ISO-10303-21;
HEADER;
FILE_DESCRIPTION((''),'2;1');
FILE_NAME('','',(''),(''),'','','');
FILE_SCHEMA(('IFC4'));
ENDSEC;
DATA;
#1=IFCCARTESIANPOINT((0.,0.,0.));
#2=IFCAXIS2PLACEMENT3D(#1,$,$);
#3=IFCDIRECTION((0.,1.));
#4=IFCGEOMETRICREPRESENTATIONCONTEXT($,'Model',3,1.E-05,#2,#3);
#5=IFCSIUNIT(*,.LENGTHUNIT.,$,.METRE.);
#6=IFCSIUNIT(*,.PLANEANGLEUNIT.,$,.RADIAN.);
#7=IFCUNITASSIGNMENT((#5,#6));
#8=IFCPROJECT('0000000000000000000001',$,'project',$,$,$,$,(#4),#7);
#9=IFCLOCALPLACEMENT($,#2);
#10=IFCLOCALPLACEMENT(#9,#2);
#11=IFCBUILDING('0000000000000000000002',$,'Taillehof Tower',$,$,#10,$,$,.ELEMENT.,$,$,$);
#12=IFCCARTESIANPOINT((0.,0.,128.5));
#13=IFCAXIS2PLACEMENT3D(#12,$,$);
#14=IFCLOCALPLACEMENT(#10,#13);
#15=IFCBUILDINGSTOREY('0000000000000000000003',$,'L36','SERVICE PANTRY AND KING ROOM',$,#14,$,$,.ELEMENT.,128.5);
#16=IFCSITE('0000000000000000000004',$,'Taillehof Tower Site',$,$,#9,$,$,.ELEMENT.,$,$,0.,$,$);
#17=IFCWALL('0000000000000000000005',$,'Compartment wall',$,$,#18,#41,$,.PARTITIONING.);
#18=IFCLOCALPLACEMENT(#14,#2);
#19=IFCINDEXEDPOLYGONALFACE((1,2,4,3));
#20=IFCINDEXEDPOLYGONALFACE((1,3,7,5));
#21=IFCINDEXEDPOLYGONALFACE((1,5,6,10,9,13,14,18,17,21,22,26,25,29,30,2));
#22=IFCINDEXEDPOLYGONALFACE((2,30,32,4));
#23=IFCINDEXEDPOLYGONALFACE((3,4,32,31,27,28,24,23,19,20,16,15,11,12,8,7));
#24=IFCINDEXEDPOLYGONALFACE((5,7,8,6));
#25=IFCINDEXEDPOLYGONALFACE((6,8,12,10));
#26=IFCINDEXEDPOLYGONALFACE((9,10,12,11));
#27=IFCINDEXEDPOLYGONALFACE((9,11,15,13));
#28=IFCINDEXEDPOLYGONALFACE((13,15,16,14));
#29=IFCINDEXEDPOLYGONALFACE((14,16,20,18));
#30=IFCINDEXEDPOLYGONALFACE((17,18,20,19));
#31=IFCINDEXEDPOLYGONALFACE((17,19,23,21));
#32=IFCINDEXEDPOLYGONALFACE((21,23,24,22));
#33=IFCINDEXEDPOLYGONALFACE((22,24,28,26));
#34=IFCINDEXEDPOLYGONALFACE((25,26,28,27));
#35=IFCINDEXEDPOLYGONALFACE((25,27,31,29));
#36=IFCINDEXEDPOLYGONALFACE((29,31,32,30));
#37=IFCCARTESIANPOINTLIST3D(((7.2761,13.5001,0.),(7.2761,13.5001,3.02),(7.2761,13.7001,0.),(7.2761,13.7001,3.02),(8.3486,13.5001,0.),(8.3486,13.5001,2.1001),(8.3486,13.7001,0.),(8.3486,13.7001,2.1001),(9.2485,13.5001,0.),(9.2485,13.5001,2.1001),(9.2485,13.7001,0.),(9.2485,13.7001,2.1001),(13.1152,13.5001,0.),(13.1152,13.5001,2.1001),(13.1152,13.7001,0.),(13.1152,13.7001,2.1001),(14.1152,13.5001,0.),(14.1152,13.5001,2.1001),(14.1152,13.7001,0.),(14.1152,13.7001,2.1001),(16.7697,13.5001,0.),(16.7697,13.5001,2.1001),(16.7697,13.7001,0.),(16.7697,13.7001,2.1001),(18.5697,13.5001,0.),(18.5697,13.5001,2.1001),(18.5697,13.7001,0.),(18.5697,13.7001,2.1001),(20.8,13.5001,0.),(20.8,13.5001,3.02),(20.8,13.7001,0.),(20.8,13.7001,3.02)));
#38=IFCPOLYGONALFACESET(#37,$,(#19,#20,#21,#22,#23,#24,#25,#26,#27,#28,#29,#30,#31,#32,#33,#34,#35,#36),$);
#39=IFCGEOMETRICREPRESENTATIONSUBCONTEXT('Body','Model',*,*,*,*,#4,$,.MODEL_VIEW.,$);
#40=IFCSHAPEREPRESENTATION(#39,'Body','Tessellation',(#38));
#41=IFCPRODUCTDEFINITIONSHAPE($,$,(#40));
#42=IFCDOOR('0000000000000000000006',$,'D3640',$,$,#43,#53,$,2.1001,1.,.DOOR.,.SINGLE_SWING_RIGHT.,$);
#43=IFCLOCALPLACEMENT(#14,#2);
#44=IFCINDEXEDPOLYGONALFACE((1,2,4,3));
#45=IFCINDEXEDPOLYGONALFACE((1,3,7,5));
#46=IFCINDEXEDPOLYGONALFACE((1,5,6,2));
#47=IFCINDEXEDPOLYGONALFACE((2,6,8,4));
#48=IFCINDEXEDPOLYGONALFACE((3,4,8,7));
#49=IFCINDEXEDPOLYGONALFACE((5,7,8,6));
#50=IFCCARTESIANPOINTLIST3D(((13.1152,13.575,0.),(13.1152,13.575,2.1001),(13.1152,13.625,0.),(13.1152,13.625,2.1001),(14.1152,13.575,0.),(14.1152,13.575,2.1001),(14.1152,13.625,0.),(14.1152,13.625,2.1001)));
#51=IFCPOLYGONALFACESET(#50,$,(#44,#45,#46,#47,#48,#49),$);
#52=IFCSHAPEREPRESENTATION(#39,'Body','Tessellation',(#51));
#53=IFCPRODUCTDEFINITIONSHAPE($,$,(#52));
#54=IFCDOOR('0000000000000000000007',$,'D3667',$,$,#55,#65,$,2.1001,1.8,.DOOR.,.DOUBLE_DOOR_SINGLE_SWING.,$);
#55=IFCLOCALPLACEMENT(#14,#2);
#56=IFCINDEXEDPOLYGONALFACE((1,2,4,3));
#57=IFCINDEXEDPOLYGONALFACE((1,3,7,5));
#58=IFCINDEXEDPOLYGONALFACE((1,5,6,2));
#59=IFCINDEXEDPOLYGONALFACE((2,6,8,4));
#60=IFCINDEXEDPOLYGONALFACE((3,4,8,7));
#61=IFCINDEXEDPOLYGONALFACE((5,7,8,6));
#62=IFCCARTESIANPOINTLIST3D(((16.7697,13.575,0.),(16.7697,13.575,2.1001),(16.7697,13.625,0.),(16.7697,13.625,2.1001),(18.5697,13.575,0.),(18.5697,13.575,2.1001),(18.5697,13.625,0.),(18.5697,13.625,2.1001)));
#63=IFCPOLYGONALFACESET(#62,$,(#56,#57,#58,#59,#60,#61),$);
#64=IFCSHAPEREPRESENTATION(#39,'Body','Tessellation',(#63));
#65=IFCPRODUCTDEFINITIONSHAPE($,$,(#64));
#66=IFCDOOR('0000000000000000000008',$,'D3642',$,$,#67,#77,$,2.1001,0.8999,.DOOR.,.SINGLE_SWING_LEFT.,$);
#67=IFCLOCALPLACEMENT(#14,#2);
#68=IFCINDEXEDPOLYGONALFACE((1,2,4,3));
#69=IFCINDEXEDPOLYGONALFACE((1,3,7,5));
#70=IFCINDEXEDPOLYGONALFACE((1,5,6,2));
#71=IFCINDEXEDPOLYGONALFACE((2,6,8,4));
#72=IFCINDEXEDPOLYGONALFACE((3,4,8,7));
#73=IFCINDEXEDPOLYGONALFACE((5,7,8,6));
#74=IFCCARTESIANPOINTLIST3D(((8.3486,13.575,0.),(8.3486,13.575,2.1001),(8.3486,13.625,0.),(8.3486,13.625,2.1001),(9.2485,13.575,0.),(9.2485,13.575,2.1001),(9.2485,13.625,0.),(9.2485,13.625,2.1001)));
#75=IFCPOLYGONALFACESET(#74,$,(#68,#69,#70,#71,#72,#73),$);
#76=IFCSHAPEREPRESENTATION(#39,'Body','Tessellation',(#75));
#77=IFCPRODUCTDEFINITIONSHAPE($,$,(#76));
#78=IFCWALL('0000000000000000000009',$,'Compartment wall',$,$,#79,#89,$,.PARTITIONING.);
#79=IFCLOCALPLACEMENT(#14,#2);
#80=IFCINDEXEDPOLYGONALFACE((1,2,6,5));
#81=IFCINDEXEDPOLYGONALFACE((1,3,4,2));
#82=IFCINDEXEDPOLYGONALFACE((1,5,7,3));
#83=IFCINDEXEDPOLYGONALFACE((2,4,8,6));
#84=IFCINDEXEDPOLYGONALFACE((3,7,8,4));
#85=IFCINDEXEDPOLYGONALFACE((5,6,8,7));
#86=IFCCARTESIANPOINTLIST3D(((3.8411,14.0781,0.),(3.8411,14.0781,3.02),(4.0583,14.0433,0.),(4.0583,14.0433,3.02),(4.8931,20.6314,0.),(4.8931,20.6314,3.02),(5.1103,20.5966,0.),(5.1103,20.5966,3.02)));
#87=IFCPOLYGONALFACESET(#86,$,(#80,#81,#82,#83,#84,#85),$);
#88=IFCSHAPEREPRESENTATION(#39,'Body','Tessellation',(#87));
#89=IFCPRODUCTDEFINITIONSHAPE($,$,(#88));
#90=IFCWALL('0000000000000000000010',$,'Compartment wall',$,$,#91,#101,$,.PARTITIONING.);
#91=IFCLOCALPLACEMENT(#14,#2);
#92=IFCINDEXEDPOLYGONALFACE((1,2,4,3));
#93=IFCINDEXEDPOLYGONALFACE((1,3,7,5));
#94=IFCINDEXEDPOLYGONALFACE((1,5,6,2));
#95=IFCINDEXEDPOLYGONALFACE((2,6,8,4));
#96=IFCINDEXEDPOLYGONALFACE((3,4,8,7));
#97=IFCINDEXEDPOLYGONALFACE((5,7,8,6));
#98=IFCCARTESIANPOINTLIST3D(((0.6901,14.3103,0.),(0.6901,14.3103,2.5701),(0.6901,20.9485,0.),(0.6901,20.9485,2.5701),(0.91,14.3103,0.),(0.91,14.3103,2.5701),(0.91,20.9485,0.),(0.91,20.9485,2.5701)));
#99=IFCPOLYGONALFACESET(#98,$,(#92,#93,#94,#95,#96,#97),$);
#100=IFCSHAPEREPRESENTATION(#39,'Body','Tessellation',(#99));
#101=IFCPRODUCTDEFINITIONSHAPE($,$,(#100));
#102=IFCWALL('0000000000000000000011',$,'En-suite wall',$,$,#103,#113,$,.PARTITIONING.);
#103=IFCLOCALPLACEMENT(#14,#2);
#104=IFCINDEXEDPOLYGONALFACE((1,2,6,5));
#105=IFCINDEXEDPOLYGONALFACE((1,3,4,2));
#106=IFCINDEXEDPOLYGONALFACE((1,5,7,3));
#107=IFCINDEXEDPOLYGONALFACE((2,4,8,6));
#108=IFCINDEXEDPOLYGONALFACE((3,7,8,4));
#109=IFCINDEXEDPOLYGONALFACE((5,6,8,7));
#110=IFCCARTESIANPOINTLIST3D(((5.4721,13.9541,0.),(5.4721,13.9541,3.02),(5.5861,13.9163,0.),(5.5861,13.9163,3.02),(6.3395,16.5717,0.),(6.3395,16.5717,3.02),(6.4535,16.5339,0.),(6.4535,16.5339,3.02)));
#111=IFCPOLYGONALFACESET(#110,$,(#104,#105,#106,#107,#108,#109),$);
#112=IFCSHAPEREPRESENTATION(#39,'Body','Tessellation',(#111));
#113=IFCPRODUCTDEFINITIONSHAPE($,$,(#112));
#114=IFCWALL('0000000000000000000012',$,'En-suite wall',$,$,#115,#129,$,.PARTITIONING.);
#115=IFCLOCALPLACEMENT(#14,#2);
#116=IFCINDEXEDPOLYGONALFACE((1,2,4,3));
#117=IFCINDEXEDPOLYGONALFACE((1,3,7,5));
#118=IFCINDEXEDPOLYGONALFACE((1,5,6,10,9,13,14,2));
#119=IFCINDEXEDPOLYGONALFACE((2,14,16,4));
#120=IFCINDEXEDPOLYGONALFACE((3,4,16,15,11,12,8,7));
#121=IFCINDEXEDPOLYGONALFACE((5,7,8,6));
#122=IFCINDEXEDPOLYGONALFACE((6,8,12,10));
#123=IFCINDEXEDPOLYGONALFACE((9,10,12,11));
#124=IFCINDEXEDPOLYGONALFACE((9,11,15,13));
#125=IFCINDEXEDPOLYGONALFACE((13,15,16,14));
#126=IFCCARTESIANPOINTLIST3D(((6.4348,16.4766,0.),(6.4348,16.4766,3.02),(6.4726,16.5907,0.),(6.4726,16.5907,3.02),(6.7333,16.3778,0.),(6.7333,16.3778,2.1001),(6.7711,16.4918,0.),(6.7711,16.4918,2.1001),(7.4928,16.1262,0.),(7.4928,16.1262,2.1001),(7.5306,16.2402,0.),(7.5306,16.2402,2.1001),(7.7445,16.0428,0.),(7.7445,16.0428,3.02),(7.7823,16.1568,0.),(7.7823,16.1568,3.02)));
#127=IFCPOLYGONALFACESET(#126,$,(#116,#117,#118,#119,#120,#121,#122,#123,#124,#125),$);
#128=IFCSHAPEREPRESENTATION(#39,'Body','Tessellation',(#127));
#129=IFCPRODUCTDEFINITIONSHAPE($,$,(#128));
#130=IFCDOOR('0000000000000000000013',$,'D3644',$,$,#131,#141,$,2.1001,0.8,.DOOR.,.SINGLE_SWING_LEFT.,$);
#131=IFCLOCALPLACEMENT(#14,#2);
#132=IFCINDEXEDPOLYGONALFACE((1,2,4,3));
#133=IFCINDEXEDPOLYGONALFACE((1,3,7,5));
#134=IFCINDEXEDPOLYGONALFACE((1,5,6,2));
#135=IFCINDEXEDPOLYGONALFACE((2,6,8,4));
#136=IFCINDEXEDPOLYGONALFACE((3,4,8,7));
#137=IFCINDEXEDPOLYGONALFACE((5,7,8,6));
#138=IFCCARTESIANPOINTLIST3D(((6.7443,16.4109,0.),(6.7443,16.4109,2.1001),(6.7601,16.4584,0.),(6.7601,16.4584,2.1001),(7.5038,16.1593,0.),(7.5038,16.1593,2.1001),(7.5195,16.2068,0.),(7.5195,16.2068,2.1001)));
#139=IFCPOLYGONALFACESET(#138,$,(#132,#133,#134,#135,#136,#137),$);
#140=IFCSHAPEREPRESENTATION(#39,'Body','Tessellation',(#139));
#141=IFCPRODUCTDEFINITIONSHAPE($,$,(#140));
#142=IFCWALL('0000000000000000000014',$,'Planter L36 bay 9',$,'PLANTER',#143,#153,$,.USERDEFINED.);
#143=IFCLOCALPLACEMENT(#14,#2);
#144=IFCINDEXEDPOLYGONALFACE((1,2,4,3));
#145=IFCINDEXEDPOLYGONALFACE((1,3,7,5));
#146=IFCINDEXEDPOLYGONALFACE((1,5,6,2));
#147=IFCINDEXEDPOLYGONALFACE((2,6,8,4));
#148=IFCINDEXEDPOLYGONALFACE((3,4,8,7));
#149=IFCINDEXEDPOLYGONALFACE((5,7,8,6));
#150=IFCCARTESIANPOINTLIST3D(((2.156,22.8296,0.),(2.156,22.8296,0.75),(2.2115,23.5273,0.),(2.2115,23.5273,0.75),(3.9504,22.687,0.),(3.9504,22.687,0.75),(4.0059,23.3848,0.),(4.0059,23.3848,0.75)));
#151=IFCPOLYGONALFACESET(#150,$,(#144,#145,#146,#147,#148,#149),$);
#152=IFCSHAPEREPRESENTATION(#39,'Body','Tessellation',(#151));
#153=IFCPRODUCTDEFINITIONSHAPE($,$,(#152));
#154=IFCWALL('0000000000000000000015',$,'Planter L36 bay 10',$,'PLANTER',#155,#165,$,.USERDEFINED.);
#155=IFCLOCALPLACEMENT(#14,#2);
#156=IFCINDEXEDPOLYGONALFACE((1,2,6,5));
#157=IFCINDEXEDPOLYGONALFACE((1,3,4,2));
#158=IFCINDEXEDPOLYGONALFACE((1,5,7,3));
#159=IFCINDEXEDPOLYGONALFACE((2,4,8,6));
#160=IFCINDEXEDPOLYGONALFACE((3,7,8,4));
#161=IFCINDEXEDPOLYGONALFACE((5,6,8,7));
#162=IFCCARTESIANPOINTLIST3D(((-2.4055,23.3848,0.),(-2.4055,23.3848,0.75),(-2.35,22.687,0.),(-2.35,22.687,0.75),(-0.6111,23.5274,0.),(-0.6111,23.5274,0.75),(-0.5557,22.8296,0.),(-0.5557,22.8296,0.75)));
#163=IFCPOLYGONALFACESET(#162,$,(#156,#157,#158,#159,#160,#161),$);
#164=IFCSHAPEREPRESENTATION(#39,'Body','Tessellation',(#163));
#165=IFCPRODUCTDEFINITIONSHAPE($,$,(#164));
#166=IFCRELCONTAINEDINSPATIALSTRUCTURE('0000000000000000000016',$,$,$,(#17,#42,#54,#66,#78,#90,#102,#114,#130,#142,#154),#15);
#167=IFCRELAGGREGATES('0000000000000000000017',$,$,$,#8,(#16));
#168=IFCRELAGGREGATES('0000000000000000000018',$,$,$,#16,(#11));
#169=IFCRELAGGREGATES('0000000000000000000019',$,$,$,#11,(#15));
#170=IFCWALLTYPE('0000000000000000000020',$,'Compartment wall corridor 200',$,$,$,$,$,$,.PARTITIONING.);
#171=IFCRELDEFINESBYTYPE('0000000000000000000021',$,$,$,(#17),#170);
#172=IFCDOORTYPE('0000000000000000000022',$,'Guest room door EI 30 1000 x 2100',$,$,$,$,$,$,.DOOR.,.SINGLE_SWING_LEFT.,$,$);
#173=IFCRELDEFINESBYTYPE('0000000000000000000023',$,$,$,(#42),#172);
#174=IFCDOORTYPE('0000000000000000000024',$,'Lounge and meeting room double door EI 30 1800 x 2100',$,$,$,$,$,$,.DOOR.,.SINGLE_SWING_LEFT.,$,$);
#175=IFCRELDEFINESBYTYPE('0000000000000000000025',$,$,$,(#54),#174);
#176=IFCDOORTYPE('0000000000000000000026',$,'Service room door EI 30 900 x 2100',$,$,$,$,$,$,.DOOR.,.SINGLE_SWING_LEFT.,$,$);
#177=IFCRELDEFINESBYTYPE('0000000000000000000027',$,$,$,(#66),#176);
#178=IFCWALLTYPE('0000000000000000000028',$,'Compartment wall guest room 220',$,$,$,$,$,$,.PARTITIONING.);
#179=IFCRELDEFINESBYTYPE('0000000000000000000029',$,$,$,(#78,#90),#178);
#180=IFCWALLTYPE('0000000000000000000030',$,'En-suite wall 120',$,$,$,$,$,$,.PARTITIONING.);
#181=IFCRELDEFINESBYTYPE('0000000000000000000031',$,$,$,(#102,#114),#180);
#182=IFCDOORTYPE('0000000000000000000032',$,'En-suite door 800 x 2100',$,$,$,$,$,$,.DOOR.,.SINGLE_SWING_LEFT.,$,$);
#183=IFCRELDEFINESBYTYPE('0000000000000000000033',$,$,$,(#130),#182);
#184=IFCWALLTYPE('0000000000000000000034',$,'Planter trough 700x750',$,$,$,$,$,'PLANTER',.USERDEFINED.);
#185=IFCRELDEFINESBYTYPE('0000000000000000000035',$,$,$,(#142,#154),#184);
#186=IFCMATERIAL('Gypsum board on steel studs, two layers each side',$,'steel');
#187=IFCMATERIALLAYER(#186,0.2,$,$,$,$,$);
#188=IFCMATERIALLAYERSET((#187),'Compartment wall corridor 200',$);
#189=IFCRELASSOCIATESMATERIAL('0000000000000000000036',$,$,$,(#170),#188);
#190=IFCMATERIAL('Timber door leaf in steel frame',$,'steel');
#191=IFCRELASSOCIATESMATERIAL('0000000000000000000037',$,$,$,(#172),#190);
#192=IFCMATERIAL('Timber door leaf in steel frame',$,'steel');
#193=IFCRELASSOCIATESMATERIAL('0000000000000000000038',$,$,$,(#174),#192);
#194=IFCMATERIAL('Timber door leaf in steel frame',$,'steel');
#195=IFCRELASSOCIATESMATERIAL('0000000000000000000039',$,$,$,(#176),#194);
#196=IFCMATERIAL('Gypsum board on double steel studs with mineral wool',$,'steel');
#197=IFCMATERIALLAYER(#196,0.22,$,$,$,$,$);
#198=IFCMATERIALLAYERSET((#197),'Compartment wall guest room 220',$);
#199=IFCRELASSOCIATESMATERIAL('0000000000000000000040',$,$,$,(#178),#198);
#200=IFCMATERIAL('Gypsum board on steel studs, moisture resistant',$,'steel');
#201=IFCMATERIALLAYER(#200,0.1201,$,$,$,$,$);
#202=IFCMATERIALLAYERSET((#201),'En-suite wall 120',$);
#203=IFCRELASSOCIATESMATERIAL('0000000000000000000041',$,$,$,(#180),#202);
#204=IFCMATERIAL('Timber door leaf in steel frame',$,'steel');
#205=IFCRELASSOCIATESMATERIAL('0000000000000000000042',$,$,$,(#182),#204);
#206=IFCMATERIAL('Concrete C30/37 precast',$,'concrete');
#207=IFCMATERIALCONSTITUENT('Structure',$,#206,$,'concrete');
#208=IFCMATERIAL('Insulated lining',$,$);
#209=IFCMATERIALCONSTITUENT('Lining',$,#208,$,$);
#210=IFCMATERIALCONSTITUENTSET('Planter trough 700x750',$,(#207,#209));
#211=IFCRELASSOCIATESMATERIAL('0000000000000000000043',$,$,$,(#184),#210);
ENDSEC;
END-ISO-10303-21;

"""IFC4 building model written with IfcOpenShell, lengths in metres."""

from ifc_helpers import new_model, si_unit, direction, frame, frame_2d, origin, place, context, subcontext, project, spatial, rectangle, extrude, material, layer, layer_set, constituent, constituent_set, type_object, element, fill, save


model = new_model("IFC4")

# Units and contexts
model_context = context("Model", 3, precision=1e-05, world=origin(), true_north=direction((0.0, 1.0)))
body_context = subcontext(model_context, "Body", "Model", "MODEL_VIEW")
ifc_project = project(units=[si_unit("LENGTHUNIT", "METRE"), si_unit("PLANEANGLEUNIT", "RADIAN")], contexts=[model_context])

# Site, building, storey
site_placement = place(None, origin())
site = spatial("IfcSite", under=ifc_project, at=site_placement, Name="Taillehof Tower Site", CompositionType="ELEMENT", RefElevation=0.0)
building_placement = place(site_placement, origin())
building = spatial("IfcBuilding", under=site, at=building_placement, Name="Taillehof Tower", CompositionType="ELEMENT")
storey_placement = place(building_placement, frame((0.0, 0.0, 128.5)))
storey = spatial("IfcBuildingStorey", under=building, at=storey_placement, Name="L36", Description="SERVICE PANTRY AND KING ROOM", CompositionType="ELEMENT", Elevation=128.5)

# Wall, openings, doors
ifc_material_1 = material(Name="Gypsum board on steel studs, two layers each side", Category="steel")
ifc_layer_1 = layer(ifc_material_1, 0.2)
ifc_layer_set_1 = layer_set([ifc_layer_1], Name="Compartment wall corridor 200")
wall_type_1 = type_object("IfcWallType", Name="Compartment wall corridor 200", PredefinedType="PARTITIONING", material=ifc_layer_set_1)
wall_1_placement = place(storey_placement, frame((7.2761, 13.6001, 0.0), z_axis=(0.0, 0.0, 1.0), x_axis=(1.0, 0.0, 0.0)))
wall_1 = element("IfcWall", 1, at=wall_1_placement, inside=storey, type_object=wall_type_1, Name="Compartment wall", PredefinedType="PARTITIONING", context=body_context, shape_type="SweptSolid", body=[
    extrude(rectangle(XDim=13.5239, YDim=0.2, at=frame_2d((6.762, 0.0))), origin(), (0.0, 0.0, 1.0), 3.02),
])
opening_1_placement = place(wall_1_placement, frame((5.8391, 0.0, 0.0)))
opening_1 = element("IfcOpeningElement", 2, at=opening_1_placement, cuts=wall_1, PredefinedType="OPENING", context=body_context, shape_type="SweptSolid", body=[
    extrude(rectangle(XDim=1.0, YDim=2.1001, at=frame_2d((0.5, 1.05))), frame((0.0, 0.1099, 0.0), z_axis=(0.0, -1.0, 0.0), x_axis=(1.0, 0.0, 0.0)), (0.0, 0.0, 1.0), 0.22),
])
opening_2_placement = place(wall_1_placement, frame((1.0725, 0.0, 0.0)))
opening_2 = element("IfcOpeningElement", 3, at=opening_2_placement, cuts=wall_1, PredefinedType="OPENING", context=body_context, shape_type="SweptSolid", body=[
    extrude(rectangle(XDim=0.8999, YDim=2.1001, at=frame_2d((0.45, 1.05))), frame((0.0, 0.1099, 0.0), z_axis=(0.0, -1.0, 0.0), x_axis=(1.0, 0.0, 0.0)), (0.0, 0.0, 1.0), 0.22),
])
opening_3_placement = place(wall_1_placement, frame((9.4937, 0.0, 0.0)))
opening_3 = element("IfcOpeningElement", 4, at=opening_3_placement, cuts=wall_1, PredefinedType="OPENING", context=body_context, shape_type="SweptSolid", body=[
    extrude(rectangle(XDim=1.8, YDim=2.1001, at=frame_2d((0.8999, 1.05))), frame((0.0, 0.1099, 0.0), z_axis=(0.0, -1.0, 0.0), x_axis=(1.0, 0.0, 0.0)), (0.0, 0.0, 1.0), 0.22),
])
ifc_material_2 = material(Name="Timber door leaf in steel frame", Category="steel")
door_type_1 = type_object("IfcDoorType", Name="Guest room door EI 30 1000 x 2100", OperationType="SINGLE_SWING_LEFT", PredefinedType="DOOR", material=ifc_material_2)
door_1_placement = place(opening_1_placement, origin())
door_1 = element("IfcDoor", 5, at=door_1_placement, inside=storey, type_object=door_type_1, Name="D3640", OperationType="SINGLE_SWING_RIGHT", OverallHeight=2.1001, OverallWidth=1.0, PredefinedType="DOOR", context=body_context, shape_type="SweptSolid", body=[
    extrude(rectangle(XDim=1.0, YDim=2.1001, at=frame_2d((0.5, 1.05))), frame((0.0, 0.0249, 0.0), z_axis=(0.0, -1.0, 0.0), x_axis=(1.0, 0.0, 0.0)), (0.0, 0.0, 1.0), 0.05),
])
fill(opening_1, door_1)
ifc_material_3 = material(Name="Timber door leaf in steel frame", Category="steel")
door_type_2 = type_object("IfcDoorType", Name="Lounge and meeting room double door EI 30 1800 x 2100", OperationType="SINGLE_SWING_LEFT", PredefinedType="DOOR", material=ifc_material_3)
door_2_placement = place(opening_3_placement, origin())
door_2 = element("IfcDoor", 6, at=door_2_placement, inside=storey, type_object=door_type_2, Name="D3667", OperationType="DOUBLE_DOOR_SINGLE_SWING", OverallHeight=2.1001, OverallWidth=1.8, PredefinedType="DOOR", context=body_context, shape_type="SweptSolid", body=[
    extrude(rectangle(XDim=1.8, YDim=2.1001, at=frame_2d((0.8999, 1.05))), frame((0.0, 0.0249, 0.0), z_axis=(0.0, -1.0, 0.0), x_axis=(1.0, 0.0, 0.0)), (0.0, 0.0, 1.0), 0.05),
])
fill(opening_3, door_2)
ifc_material_4 = material(Name="Timber door leaf in steel frame", Category="steel")
door_type_3 = type_object("IfcDoorType", Name="Service room door EI 30 900 x 2100", OperationType="SINGLE_SWING_LEFT", PredefinedType="DOOR", material=ifc_material_4)
door_3_placement = place(opening_2_placement, origin())
door_3 = element("IfcDoor", 7, at=door_3_placement, inside=storey, type_object=door_type_3, Name="D3642", OperationType="SINGLE_SWING_LEFT", OverallHeight=2.1001, OverallWidth=0.8999, PredefinedType="DOOR", context=body_context, shape_type="SweptSolid", body=[
    extrude(rectangle(XDim=0.8999, YDim=2.1001, at=frame_2d((0.45, 1.05))), frame((0.0, 0.0249, 0.0), z_axis=(0.0, -1.0, 0.0), x_axis=(1.0, 0.0, 0.0)), (0.0, 0.0, 1.0), 0.05),
])
fill(opening_2, door_3)

# Walls
ifc_material_5 = material(Name="Gypsum board on double steel studs with mineral wool", Category="steel")
ifc_layer_2 = layer(ifc_material_5, 0.22)
ifc_layer_set_2 = layer_set([ifc_layer_2], Name="Compartment wall guest room 220")
wall_type_2 = type_object("IfcWallType", Name="Compartment wall guest room 220", PredefinedType="PARTITIONING", material=ifc_layer_set_2)
wall_2_placement = place(storey_placement, frame((5.0017, 20.614, 0.0), z_axis=(0.0, 0.0, 1.0), x_axis=(-0.158503, -0.987359, 0.0)))
element("IfcWall", 8, at=wall_2_placement, inside=storey, type_object=wall_type_2, Name="Compartment wall", PredefinedType="PARTITIONING", context=body_context, shape_type="SweptSolid", body=[
    extrude(rectangle(XDim=6.6372, YDim=0.22, at=frame_2d((3.3186, 0.0))), origin(), (0.0, 0.0, 1.0), 3.02),
])
wall_3_placement = place(storey_placement, frame((0.8, 20.9485, 0.0), z_axis=(0.0, 0.0, 1.0), x_axis=(0.0, -1.0, 0.0)))
element("IfcWall", 9, at=wall_3_placement, inside=storey, type_object=wall_type_2, Name="Compartment wall", PredefinedType="PARTITIONING", context=body_context, shape_type="SweptSolid", body=[
    extrude(rectangle(XDim=6.6382, YDim=0.22, at=frame_2d((3.3191, 0.0))), origin(), (0.0, 0.0, 1.0), 2.5701),
])
ifc_material_6 = material(Name="Gypsum board on steel studs, moisture resistant", Category="steel")
ifc_layer_3 = layer(ifc_material_6, 0.1201)
ifc_layer_set_3 = layer_set([ifc_layer_3], Name="En-suite wall 120")
wall_type_3 = type_object("IfcWallType", Name="En-suite wall 120", PredefinedType="PARTITIONING", material=ifc_layer_set_3)
wall_4_placement = place(storey_placement, frame((5.5291, 13.9351, 0.0), z_axis=(0.0, 0.0, 1.0), x_axis=(0.314554, 0.94924, 0.0)))
element("IfcWall", 10, at=wall_4_placement, inside=storey, type_object=wall_type_3, Name="En-suite wall", PredefinedType="PARTITIONING", context=body_context, shape_type="SweptSolid", body=[
    extrude(rectangle(XDim=2.7576, YDim=0.1201, at=frame_2d((1.3789, 0.0))), origin(), (0.0, 0.0, 1.0), 3.02),
])

# Wall, opening, door
wall_5_placement = place(storey_placement, frame((6.4536, 16.5337, 0.0), z_axis=(0.0, 0.0, 1.0), x_axis=(0.949266, -0.314475, 0.0)))
wall_5 = element("IfcWall", 11, at=wall_5_placement, inside=storey, type_object=wall_type_3, Name="En-suite wall", PredefinedType="PARTITIONING", context=body_context, shape_type="SweptSolid", body=[
    extrude(rectangle(XDim=1.3796, YDim=0.1201, at=frame_2d((0.6899, 0.0))), origin(), (0.0, 0.0, 1.0), 3.02),
])
opening_4_placement = place(wall_5_placement, frame((0.3147, 0.0, 0.0)))
opening_4 = element("IfcOpeningElement", 12, at=opening_4_placement, cuts=wall_5, PredefinedType="OPENING", context=body_context, shape_type="SweptSolid", body=[
    extrude(rectangle(XDim=0.8, YDim=2.1001, at=frame_2d((0.3999, 1.05))), frame((0.0, 0.0701, 0.0), z_axis=(0.0, -1.0, 0.0), x_axis=(1.0, 0.0, 0.0)), (0.0, 0.0, 1.0), 0.1401),
])
ifc_material_7 = material(Name="Timber door leaf in steel frame", Category="steel")
door_type_4 = type_object("IfcDoorType", Name="En-suite door 800 x 2100", OperationType="SINGLE_SWING_LEFT", PredefinedType="DOOR", material=ifc_material_7)
door_4_placement = place(opening_4_placement, origin())
door_4 = element("IfcDoor", 13, at=door_4_placement, inside=storey, type_object=door_type_4, Name="D3644", OperationType="SINGLE_SWING_LEFT", OverallHeight=2.1001, OverallWidth=0.8, PredefinedType="DOOR", context=body_context, shape_type="SweptSolid", body=[
    extrude(rectangle(XDim=0.8, YDim=2.1001, at=frame_2d((0.3999, 1.05))), frame((0.0, 0.0249, 0.0), z_axis=(0.0, -1.0, 0.0), x_axis=(1.0, 0.0, 0.0)), (0.0, 0.0, 1.0), 0.05),
])
fill(opening_4, door_4)

# Walls
ifc_material_8 = material(Name="Concrete C30/37 precast", Category="concrete")
ifc_constituent_1 = constituent(ifc_material_8, Name="Structure", Category="concrete")
ifc_material_9 = material(Name="Insulated lining")
ifc_constituent_2 = constituent(ifc_material_9, Name="Lining")
ifc_constituent_set = constituent_set(constituents=[ifc_constituent_1, ifc_constituent_2], Name="Planter trough 700x750")
wall_type_4 = type_object("IfcWallType", Name="Planter trough 700x750", ElementType="PLANTER", PredefinedType="USERDEFINED", material=ifc_constituent_set)
for number, where, z_axis, x_axis, name in (
    (14, (3.978, 23.0359, 0.0), (0.0, 0.0, 1.0), (-0.996858, 0.079206, 0.0), "Planter L36 bay 9"),
    (15, (-0.5835, 23.1785, 0.0), (0.0, 0.0, 1.0), (-0.996858, -0.079206, 0.0), "Planter L36 bay 10"),
):
    element("IfcWall", number, at=place(storey_placement, frame(where, z_axis=z_axis, x_axis=x_axis)), inside=storey, type_object=wall_type_4, Name=name, ObjectType="PLANTER", PredefinedType="USERDEFINED", context=body_context, shape_type="SweptSolid", body=[
        extrude(rectangle(XDim=1.8, YDim=0.7, at=frame_2d((0.8999, 0.0))), origin(), (0.0, 0.0, 1.0), 0.75),
    ])

save(model, "model.ifc")
